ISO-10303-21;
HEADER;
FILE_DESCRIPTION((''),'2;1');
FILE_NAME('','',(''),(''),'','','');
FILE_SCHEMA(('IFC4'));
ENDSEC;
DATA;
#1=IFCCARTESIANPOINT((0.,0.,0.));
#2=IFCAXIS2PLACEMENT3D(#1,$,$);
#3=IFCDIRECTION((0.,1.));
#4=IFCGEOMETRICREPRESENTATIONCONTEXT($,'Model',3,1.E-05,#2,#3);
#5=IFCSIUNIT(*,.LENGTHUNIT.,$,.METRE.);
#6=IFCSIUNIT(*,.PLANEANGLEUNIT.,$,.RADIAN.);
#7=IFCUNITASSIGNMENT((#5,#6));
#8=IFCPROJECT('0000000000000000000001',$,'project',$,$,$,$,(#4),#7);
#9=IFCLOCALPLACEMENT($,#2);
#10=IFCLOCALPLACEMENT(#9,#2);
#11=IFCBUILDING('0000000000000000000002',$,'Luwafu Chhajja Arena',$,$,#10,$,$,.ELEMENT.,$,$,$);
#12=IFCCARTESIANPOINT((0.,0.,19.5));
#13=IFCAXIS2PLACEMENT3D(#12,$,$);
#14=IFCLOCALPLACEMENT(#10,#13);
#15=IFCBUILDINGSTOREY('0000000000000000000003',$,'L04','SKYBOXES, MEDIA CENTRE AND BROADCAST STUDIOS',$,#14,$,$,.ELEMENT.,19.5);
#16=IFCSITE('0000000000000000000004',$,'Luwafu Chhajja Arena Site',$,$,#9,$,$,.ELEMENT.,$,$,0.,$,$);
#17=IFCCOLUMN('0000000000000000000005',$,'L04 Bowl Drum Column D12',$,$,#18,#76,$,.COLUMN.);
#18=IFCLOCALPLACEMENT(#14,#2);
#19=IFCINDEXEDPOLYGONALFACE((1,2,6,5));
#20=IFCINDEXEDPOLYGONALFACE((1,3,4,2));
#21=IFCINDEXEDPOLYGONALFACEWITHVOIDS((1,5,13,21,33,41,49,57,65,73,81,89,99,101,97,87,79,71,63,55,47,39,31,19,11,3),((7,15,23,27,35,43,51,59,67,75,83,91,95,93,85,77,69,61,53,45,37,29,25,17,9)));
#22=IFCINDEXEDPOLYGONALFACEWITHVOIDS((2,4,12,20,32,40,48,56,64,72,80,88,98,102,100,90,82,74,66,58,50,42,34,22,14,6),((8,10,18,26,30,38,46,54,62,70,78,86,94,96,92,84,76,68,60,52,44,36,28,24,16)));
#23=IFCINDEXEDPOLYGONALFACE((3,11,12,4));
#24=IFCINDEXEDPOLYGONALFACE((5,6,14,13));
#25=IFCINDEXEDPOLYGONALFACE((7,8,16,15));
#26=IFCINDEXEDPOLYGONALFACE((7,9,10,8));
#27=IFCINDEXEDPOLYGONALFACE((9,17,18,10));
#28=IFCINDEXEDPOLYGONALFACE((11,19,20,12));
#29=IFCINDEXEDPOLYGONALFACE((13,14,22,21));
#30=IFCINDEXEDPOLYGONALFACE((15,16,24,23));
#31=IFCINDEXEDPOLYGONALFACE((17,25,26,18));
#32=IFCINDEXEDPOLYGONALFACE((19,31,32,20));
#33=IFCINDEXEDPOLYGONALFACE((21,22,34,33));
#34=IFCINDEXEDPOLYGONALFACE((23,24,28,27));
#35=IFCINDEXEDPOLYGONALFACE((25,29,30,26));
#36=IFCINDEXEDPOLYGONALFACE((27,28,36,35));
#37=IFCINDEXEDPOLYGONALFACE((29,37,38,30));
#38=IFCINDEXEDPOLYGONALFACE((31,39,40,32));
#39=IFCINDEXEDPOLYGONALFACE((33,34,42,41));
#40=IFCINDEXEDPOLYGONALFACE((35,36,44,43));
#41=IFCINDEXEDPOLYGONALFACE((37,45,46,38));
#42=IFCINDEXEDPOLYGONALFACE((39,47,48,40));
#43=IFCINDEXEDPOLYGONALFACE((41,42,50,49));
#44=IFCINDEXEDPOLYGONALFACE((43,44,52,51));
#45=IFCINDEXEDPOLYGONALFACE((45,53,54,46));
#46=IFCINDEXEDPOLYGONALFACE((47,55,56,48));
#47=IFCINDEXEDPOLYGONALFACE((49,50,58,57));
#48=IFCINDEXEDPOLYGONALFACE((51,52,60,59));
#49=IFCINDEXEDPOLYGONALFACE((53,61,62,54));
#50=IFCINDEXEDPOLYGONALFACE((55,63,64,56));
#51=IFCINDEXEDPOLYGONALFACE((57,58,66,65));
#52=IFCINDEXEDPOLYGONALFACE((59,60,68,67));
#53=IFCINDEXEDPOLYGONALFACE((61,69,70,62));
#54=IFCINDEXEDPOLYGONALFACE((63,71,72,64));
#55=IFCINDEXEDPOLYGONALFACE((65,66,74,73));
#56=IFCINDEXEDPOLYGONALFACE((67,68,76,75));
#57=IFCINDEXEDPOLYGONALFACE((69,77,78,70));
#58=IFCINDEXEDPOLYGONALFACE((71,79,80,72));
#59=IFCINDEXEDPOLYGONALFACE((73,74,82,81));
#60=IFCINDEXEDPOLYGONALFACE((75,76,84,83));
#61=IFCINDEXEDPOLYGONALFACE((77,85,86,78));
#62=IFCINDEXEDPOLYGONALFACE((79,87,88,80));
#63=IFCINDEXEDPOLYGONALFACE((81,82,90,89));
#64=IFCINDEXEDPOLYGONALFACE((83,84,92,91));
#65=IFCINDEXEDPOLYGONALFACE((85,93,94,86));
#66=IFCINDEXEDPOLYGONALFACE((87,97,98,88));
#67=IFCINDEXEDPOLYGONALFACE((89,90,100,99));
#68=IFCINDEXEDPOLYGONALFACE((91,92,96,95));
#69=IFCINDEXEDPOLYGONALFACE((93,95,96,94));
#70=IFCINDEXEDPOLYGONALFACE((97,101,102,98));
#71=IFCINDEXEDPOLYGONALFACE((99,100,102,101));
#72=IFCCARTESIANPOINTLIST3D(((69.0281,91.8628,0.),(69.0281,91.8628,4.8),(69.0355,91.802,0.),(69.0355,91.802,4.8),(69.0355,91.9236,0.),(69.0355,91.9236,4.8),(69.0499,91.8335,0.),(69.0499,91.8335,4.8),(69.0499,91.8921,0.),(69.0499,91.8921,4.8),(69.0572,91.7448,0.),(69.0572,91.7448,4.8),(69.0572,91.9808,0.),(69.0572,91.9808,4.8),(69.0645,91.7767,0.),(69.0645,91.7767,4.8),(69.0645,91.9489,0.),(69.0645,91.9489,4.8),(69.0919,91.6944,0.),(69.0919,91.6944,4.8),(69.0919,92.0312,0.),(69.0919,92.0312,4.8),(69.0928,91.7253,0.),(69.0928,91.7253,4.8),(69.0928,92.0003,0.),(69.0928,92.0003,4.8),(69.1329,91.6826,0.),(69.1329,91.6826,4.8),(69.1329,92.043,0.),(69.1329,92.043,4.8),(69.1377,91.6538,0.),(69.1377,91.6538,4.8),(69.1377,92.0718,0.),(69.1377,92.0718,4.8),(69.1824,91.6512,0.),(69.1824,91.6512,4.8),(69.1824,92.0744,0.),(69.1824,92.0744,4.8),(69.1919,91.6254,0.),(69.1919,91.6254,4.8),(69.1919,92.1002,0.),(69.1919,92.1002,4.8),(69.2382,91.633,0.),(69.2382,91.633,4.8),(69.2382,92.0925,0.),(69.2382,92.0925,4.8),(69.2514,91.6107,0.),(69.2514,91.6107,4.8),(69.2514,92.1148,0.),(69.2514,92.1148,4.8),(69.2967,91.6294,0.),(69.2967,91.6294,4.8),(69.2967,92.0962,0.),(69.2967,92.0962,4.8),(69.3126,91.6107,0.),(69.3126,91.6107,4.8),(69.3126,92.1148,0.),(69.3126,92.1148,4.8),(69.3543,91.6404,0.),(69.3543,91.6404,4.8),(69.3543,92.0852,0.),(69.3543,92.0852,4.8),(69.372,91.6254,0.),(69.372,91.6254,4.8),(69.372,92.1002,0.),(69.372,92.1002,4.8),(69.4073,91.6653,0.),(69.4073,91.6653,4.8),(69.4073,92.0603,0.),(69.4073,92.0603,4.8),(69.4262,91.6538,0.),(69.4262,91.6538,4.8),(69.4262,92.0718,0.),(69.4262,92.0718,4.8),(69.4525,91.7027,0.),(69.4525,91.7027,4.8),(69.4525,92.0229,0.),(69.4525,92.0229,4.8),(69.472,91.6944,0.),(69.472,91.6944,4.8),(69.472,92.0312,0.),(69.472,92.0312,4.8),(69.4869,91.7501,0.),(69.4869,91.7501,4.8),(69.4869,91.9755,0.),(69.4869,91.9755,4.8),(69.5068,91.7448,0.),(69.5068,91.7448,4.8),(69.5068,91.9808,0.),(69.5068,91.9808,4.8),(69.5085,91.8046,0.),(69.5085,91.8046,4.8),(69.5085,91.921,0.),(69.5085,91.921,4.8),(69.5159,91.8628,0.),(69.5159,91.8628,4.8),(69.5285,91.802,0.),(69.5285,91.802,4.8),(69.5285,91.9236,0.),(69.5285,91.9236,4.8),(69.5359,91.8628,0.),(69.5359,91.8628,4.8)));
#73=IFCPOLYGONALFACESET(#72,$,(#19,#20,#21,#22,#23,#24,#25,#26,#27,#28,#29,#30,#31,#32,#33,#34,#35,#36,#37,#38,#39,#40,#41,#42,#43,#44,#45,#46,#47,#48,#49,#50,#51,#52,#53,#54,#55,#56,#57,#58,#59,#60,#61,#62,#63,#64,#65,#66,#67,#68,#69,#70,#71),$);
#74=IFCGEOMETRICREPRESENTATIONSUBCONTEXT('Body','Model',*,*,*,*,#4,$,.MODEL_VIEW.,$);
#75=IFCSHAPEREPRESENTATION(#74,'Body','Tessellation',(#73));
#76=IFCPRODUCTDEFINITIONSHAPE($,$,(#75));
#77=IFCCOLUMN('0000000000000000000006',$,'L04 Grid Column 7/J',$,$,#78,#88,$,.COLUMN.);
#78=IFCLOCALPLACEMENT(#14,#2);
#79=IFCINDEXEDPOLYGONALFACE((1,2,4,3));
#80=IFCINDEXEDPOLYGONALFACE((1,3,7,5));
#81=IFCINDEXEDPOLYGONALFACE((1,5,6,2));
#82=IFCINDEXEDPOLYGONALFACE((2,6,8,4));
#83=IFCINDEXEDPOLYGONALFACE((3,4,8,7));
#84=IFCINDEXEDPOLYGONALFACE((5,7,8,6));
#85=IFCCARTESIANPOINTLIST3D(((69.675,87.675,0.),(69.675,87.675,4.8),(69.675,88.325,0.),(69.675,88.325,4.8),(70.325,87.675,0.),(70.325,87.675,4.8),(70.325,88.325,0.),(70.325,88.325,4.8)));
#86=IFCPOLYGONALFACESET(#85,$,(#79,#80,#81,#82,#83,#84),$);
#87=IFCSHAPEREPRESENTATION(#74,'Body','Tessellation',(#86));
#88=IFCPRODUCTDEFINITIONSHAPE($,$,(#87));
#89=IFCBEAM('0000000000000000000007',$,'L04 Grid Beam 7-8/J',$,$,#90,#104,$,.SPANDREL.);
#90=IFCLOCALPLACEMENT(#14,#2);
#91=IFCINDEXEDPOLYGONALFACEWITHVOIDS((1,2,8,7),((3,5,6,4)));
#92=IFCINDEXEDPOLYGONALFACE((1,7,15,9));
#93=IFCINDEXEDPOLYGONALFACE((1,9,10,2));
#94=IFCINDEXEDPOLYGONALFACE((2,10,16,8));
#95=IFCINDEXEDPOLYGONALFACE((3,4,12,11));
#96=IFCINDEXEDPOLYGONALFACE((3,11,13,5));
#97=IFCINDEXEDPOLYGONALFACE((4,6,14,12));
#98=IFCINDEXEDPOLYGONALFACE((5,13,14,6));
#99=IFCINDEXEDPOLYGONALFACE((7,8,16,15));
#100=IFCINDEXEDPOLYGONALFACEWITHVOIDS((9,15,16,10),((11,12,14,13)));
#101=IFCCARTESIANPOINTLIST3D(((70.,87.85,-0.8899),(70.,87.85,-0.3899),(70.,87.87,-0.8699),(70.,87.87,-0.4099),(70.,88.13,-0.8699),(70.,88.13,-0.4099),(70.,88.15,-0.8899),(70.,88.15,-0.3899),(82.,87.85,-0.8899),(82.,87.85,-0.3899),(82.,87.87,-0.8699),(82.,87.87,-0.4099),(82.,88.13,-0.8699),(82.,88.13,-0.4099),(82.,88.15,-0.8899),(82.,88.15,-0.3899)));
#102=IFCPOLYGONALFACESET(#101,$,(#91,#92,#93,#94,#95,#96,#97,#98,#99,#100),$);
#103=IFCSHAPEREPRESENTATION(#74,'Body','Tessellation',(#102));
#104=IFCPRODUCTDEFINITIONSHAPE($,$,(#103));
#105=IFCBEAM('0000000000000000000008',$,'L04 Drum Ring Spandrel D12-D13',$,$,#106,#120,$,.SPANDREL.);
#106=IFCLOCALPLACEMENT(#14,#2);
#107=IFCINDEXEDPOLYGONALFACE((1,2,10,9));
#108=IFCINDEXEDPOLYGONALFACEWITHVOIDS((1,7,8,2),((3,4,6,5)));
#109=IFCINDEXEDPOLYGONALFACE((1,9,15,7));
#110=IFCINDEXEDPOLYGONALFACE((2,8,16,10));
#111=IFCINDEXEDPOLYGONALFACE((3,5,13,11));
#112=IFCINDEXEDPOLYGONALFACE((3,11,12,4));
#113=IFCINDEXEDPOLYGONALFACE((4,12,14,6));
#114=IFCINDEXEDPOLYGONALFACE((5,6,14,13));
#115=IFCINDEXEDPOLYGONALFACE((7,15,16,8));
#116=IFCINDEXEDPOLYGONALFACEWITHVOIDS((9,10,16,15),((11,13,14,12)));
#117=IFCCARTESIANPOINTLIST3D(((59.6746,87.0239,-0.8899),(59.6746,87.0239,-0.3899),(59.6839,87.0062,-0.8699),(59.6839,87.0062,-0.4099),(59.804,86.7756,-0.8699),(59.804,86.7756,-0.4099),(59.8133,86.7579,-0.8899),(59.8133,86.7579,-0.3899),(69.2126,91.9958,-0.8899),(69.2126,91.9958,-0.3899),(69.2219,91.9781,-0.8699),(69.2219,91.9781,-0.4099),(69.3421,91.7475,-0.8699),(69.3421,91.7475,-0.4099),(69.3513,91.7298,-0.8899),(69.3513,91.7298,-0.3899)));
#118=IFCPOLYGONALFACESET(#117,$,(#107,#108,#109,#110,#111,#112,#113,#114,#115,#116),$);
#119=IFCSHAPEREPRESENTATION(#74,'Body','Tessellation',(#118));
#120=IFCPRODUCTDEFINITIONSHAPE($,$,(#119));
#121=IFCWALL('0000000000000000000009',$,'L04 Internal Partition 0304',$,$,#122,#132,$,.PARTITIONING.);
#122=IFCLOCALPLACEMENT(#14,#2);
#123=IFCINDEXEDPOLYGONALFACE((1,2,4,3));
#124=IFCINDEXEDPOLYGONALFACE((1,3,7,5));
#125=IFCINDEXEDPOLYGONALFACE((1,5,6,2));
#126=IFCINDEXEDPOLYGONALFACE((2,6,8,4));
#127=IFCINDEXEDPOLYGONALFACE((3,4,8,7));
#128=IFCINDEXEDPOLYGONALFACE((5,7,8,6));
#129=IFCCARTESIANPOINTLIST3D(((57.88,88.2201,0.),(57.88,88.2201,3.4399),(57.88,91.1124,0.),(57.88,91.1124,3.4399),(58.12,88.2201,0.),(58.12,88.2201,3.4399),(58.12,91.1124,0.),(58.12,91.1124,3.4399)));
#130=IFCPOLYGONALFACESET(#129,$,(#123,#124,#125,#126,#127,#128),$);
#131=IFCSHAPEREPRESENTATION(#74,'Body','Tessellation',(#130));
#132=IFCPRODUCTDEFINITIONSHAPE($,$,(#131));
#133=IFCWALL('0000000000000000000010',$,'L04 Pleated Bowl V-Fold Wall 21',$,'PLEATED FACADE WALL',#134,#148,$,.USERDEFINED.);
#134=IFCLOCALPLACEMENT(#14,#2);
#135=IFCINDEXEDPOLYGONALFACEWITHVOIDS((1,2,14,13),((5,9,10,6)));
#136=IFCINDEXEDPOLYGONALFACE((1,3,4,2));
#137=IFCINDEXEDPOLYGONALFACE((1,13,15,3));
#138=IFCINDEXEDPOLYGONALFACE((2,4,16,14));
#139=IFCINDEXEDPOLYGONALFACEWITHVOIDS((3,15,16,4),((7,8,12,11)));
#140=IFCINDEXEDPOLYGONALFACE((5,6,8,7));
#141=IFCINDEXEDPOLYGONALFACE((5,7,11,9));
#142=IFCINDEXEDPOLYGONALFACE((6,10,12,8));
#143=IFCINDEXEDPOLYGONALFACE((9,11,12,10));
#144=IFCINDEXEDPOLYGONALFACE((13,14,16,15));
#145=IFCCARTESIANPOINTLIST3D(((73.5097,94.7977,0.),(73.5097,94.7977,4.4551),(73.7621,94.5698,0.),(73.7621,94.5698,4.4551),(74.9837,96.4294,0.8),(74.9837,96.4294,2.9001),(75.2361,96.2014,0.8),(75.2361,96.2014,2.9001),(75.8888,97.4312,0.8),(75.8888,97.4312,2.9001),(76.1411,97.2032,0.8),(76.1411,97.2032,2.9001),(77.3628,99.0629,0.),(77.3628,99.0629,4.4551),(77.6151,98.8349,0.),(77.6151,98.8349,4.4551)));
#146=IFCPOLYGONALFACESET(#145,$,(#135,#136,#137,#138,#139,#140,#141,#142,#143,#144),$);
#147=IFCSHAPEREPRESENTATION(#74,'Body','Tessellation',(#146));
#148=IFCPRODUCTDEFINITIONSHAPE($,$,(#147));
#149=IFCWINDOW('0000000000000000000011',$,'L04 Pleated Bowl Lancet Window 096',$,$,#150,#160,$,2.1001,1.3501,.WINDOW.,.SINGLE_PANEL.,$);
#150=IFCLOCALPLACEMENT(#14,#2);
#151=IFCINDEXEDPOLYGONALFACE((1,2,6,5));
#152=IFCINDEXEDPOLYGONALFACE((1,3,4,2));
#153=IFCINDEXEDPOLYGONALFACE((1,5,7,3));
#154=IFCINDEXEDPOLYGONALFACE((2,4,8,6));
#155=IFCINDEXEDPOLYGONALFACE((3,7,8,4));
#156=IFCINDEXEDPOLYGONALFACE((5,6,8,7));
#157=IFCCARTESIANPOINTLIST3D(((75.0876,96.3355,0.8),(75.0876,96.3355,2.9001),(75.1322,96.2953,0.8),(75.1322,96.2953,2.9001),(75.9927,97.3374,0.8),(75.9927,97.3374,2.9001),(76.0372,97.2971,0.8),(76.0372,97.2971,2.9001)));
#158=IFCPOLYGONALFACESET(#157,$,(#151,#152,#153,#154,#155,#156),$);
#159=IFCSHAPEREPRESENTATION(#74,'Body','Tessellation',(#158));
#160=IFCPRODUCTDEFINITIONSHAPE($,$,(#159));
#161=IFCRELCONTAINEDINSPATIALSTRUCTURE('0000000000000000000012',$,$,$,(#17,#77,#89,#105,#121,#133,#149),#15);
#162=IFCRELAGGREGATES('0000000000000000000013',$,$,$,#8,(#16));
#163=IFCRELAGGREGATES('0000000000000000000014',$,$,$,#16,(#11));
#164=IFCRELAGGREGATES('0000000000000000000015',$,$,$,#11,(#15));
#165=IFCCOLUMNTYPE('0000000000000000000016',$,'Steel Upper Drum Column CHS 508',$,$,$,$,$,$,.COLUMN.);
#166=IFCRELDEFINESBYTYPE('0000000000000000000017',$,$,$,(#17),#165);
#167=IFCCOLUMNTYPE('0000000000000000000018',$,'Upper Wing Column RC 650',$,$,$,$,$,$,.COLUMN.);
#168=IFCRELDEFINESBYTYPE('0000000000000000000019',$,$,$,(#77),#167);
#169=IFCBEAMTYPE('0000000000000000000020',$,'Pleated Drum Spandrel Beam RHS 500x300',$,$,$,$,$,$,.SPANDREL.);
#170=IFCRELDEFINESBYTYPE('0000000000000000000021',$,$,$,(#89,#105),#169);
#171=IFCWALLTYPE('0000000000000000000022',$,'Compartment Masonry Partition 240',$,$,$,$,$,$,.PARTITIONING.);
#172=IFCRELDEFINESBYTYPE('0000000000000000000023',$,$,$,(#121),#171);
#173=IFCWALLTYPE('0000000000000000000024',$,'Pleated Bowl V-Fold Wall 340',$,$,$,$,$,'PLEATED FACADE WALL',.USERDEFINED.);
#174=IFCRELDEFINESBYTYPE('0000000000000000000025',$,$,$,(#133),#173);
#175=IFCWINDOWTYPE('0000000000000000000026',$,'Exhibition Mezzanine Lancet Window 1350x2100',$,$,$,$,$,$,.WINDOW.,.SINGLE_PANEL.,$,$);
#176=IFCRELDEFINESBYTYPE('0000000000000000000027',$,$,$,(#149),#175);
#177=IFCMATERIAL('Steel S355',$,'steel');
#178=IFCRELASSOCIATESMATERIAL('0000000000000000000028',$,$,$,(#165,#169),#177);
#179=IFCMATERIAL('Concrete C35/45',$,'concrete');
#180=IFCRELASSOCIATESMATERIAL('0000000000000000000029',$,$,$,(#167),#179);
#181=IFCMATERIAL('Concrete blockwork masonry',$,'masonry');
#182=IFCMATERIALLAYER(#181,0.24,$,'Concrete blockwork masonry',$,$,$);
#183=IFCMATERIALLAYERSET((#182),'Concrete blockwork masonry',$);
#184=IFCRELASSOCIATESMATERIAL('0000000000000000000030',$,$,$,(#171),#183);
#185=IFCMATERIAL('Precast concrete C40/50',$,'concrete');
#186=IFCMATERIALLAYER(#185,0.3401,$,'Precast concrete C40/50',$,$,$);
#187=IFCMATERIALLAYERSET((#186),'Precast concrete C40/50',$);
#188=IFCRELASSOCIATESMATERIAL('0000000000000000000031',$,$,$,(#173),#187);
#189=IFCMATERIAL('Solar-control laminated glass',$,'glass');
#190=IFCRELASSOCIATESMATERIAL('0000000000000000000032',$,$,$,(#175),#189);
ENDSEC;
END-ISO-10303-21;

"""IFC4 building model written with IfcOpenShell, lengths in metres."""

from ifc_helpers import new_model, si_unit, direction, frame, frame_2d, origin, origin_2d, place, context, subcontext, project, spatial, rectangle, hollow_rectangle, hollow_circle, extrude, material, layer, layer_set, material_profile, profile_set, type_object, element, fill, save


model = new_model("IFC4")

# Units and contexts
model_context = context("Model", 3, precision=1e-05, world=origin(), true_north=direction((0.0, 1.0)))
body_context = subcontext(model_context, "Body", "Model", "MODEL_VIEW")
ifc_project = project(units=[si_unit("LENGTHUNIT", "METRE"), si_unit("PLANEANGLEUNIT", "RADIAN")], contexts=[model_context])

# Site, building, storey
site_placement = place(None, origin())
site = spatial("IfcSite", under=ifc_project, at=site_placement, Name="Luwafu Chhajja Arena Site", CompositionType="ELEMENT", RefElevation=0.0)
building_placement = place(site_placement, origin())
building = spatial("IfcBuilding", under=site, at=building_placement, Name="Luwafu Chhajja Arena", CompositionType="ELEMENT")
storey_placement = place(building_placement, frame((0.0, 0.0, 19.5)))
storey = spatial("IfcBuildingStorey", under=building, at=storey_placement, Name="L04", Description="SKYBOXES, MEDIA CENTRE AND BROADCAST STUDIOS", CompositionType="ELEMENT", Elevation=19.5)

# Columns
ifc_material_1 = material(Name="Steel S355", Category="steel")
ifc_material_profile_1 = material_profile(ifc_material_1, hollow_circle(Radius=0.2539, WallThickness=0.02, at=origin_2d()), Name="CHS 508x20")
ifc_profile_set_1 = profile_set([ifc_material_profile_1], Name="Steel S355")
column_type_1 = type_object("IfcColumnType", Name="Steel Upper Drum Column CHS 508", PredefinedType="COLUMN", material=ifc_profile_set_1)
column_1_placement = place(storey_placement, frame((69.282, 91.8628, 0.0), z_axis=(0.0, 0.0, 1.0), x_axis=(1.0, 0.0, 0.0)))
element("IfcColumn", 1, at=column_1_placement, inside=storey, type_object=column_type_1, Name="L04 Bowl Drum Column D12", PredefinedType="COLUMN", context=body_context, shape_type="SweptSolid", body=[
    extrude(hollow_circle(Radius=0.2539, WallThickness=0.02, at=origin_2d()), origin(), (0.0, 0.0, 1.0), 4.8),
])
ifc_material_2 = material(Name="Concrete C35/45", Category="concrete")
ifc_material_profile_2 = material_profile(ifc_material_2, rectangle(XDim=0.6499, YDim=0.6499, at=origin_2d()), Name="RC 650x650")
ifc_profile_set_2 = profile_set([ifc_material_profile_2], Name="Concrete C35/45")
column_type_2 = type_object("IfcColumnType", Name="Upper Wing Column RC 650", PredefinedType="COLUMN", material=ifc_profile_set_2)
column_2_placement = place(storey_placement, frame((70.0, 88.0, 0.0), z_axis=(0.0, 0.0, 1.0), x_axis=(1.0, 0.0, 0.0)))
element("IfcColumn", 2, at=column_2_placement, inside=storey, type_object=column_type_2, Name="L04 Grid Column 7/J", PredefinedType="COLUMN", context=body_context, shape_type="SweptSolid", body=[
    extrude(rectangle(XDim=0.6499, YDim=0.6499, at=origin_2d()), origin(), (0.0, 0.0, 1.0), 4.8),
])

# Beams
ifc_material_profile_3 = material_profile(ifc_material_1, hollow_rectangle(XDim=0.3, YDim=0.5, WallThickness=0.02, at=origin_2d()), Name="RHS 500x300x20")
ifc_profile_set_3 = profile_set([ifc_material_profile_3], Name="Steel S355")
beam_type = type_object("IfcBeamType", Name="Pleated Drum Spandrel Beam RHS 500x300", PredefinedType="SPANDREL", material=ifc_profile_set_3)
beam_1_placement = place(storey_placement, frame((70.0, 88.0, -0.6399), z_axis=(1.0, 0.0, 0.0), x_axis=(0.0, 1.0, 0.0)))
element("IfcBeam", 3, at=beam_1_placement, inside=storey, type_object=beam_type, Name="L04 Grid Beam 7-8/J", PredefinedType="SPANDREL", context=body_context, shape_type="SweptSolid", body=[
    extrude(hollow_rectangle(XDim=0.3, YDim=0.5, WallThickness=0.02, at=origin_2d()), origin(), (0.0, 0.0, 1.0), 12.0),
])
beam_2_placement = place(storey_placement, frame((69.282, 91.8628, -0.6399), z_axis=(-0.886755, -0.462239, 0.0), x_axis=(0.462239, -0.886755, 0.0)))
element("IfcBeam", 4, at=beam_2_placement, inside=storey, type_object=beam_type, Name="L04 Drum Ring Spandrel D12-D13", PredefinedType="SPANDREL", context=body_context, shape_type="SweptSolid", body=[
    extrude(hollow_rectangle(XDim=0.3, YDim=0.5, WallThickness=0.02, at=origin_2d()), origin(), (0.0, 0.0, 1.0), 10.7561),
])

# Wall
ifc_material_3 = material(Name="Concrete blockwork masonry", Category="masonry")
ifc_layer_1 = layer(ifc_material_3, 0.24, Name="Concrete blockwork masonry")
ifc_layer_set_1 = layer_set([ifc_layer_1], Name="Concrete blockwork masonry")
wall_type_1 = type_object("IfcWallType", Name="Compartment Masonry Partition 240", PredefinedType="PARTITIONING", material=ifc_layer_set_1)
wall_1_placement = place(storey_placement, frame((58.0, 88.22, 0.0), z_axis=(0.0, 0.0, 1.0), x_axis=(0.0, 1.0, 0.0)))
element("IfcWall", 5, at=wall_1_placement, inside=storey, type_object=wall_type_1, Name="L04 Internal Partition 0304", PredefinedType="PARTITIONING", context=body_context, shape_type="SweptSolid", body=[
    extrude(rectangle(XDim=2.8923, YDim=0.24, at=frame_2d((1.4463, 0.0))), origin(), (0.0, 0.0, 1.0), 3.4399),
])

# Wall, opening, window
ifc_material_4 = material(Name="Precast concrete C40/50", Category="concrete")
ifc_layer_2 = layer(ifc_material_4, 0.3401, Name="Precast concrete C40/50")
ifc_layer_set_2 = layer_set([ifc_layer_2], Name="Precast concrete C40/50")
wall_type_2 = type_object("IfcWallType", Name="Pleated Bowl V-Fold Wall 340", ElementType="PLEATED FACADE WALL", PredefinedType="USERDEFINED", material=ifc_layer_set_2)
wall_2_placement = place(storey_placement, frame((77.489, 98.949, 0.0), z_axis=(0.0, 0.0, 1.0), x_axis=(-0.670348, -0.742047, 0.0)))
wall_2 = element("IfcWall", 6, at=wall_2_placement, inside=storey, type_object=wall_type_2, Name="L04 Pleated Bowl V-Fold Wall 21", ObjectType="PLEATED FACADE WALL", PredefinedType="USERDEFINED", context=body_context, shape_type="SweptSolid", body=[
    extrude(rectangle(XDim=5.7478, YDim=0.3401, at=frame_2d((2.874, 0.0))), origin(), (0.0, 0.0, 1.0), 4.4551),
])
opening_1_placement = place(wall_2_placement, frame((2.199, 0.0, 0.8)))
opening_1 = element("IfcOpeningElement", 7, at=opening_1_placement, cuts=wall_2, PredefinedType="OPENING", context=body_context, shape_type="SweptSolid", body=[
    extrude(rectangle(XDim=1.3501, YDim=2.1001, at=frame_2d((0.675, 1.05))), frame((0.0, 0.1799, 0.0), z_axis=(0.0, -1.0, 0.0), x_axis=(1.0, 0.0, 0.0)), (0.0, 0.0, 1.0), 0.3601),
])
ifc_material_5 = material(Name="Solar-control laminated glass", Category="glass")
window_type_1 = type_object("IfcWindowType", Name="Exhibition Mezzanine Lancet Window 1350x2100", PartitioningType="SINGLE_PANEL", PredefinedType="WINDOW", material=ifc_material_5)
window_1_placement = place(opening_1_placement, origin())
window_1 = element("IfcWindow", 8, at=window_1_placement, inside=storey, type_object=window_type_1, Name="L04 Pleated Bowl Lancet Window 096", OverallHeight=2.1001, OverallWidth=1.3501, PartitioningType="SINGLE_PANEL", PredefinedType="WINDOW", context=body_context, shape_type="SweptSolid", body=[
    extrude(rectangle(XDim=1.3501, YDim=2.1001, at=frame_2d((0.675, 1.05))), frame((0.0, 0.03, 0.0), z_axis=(0.0, -1.0, 0.0), x_axis=(1.0, 0.0, 0.0)), (0.0, 0.0, 1.0), 0.0601),
])
fill(opening_1, window_1)

save(model, "model.ifc")
